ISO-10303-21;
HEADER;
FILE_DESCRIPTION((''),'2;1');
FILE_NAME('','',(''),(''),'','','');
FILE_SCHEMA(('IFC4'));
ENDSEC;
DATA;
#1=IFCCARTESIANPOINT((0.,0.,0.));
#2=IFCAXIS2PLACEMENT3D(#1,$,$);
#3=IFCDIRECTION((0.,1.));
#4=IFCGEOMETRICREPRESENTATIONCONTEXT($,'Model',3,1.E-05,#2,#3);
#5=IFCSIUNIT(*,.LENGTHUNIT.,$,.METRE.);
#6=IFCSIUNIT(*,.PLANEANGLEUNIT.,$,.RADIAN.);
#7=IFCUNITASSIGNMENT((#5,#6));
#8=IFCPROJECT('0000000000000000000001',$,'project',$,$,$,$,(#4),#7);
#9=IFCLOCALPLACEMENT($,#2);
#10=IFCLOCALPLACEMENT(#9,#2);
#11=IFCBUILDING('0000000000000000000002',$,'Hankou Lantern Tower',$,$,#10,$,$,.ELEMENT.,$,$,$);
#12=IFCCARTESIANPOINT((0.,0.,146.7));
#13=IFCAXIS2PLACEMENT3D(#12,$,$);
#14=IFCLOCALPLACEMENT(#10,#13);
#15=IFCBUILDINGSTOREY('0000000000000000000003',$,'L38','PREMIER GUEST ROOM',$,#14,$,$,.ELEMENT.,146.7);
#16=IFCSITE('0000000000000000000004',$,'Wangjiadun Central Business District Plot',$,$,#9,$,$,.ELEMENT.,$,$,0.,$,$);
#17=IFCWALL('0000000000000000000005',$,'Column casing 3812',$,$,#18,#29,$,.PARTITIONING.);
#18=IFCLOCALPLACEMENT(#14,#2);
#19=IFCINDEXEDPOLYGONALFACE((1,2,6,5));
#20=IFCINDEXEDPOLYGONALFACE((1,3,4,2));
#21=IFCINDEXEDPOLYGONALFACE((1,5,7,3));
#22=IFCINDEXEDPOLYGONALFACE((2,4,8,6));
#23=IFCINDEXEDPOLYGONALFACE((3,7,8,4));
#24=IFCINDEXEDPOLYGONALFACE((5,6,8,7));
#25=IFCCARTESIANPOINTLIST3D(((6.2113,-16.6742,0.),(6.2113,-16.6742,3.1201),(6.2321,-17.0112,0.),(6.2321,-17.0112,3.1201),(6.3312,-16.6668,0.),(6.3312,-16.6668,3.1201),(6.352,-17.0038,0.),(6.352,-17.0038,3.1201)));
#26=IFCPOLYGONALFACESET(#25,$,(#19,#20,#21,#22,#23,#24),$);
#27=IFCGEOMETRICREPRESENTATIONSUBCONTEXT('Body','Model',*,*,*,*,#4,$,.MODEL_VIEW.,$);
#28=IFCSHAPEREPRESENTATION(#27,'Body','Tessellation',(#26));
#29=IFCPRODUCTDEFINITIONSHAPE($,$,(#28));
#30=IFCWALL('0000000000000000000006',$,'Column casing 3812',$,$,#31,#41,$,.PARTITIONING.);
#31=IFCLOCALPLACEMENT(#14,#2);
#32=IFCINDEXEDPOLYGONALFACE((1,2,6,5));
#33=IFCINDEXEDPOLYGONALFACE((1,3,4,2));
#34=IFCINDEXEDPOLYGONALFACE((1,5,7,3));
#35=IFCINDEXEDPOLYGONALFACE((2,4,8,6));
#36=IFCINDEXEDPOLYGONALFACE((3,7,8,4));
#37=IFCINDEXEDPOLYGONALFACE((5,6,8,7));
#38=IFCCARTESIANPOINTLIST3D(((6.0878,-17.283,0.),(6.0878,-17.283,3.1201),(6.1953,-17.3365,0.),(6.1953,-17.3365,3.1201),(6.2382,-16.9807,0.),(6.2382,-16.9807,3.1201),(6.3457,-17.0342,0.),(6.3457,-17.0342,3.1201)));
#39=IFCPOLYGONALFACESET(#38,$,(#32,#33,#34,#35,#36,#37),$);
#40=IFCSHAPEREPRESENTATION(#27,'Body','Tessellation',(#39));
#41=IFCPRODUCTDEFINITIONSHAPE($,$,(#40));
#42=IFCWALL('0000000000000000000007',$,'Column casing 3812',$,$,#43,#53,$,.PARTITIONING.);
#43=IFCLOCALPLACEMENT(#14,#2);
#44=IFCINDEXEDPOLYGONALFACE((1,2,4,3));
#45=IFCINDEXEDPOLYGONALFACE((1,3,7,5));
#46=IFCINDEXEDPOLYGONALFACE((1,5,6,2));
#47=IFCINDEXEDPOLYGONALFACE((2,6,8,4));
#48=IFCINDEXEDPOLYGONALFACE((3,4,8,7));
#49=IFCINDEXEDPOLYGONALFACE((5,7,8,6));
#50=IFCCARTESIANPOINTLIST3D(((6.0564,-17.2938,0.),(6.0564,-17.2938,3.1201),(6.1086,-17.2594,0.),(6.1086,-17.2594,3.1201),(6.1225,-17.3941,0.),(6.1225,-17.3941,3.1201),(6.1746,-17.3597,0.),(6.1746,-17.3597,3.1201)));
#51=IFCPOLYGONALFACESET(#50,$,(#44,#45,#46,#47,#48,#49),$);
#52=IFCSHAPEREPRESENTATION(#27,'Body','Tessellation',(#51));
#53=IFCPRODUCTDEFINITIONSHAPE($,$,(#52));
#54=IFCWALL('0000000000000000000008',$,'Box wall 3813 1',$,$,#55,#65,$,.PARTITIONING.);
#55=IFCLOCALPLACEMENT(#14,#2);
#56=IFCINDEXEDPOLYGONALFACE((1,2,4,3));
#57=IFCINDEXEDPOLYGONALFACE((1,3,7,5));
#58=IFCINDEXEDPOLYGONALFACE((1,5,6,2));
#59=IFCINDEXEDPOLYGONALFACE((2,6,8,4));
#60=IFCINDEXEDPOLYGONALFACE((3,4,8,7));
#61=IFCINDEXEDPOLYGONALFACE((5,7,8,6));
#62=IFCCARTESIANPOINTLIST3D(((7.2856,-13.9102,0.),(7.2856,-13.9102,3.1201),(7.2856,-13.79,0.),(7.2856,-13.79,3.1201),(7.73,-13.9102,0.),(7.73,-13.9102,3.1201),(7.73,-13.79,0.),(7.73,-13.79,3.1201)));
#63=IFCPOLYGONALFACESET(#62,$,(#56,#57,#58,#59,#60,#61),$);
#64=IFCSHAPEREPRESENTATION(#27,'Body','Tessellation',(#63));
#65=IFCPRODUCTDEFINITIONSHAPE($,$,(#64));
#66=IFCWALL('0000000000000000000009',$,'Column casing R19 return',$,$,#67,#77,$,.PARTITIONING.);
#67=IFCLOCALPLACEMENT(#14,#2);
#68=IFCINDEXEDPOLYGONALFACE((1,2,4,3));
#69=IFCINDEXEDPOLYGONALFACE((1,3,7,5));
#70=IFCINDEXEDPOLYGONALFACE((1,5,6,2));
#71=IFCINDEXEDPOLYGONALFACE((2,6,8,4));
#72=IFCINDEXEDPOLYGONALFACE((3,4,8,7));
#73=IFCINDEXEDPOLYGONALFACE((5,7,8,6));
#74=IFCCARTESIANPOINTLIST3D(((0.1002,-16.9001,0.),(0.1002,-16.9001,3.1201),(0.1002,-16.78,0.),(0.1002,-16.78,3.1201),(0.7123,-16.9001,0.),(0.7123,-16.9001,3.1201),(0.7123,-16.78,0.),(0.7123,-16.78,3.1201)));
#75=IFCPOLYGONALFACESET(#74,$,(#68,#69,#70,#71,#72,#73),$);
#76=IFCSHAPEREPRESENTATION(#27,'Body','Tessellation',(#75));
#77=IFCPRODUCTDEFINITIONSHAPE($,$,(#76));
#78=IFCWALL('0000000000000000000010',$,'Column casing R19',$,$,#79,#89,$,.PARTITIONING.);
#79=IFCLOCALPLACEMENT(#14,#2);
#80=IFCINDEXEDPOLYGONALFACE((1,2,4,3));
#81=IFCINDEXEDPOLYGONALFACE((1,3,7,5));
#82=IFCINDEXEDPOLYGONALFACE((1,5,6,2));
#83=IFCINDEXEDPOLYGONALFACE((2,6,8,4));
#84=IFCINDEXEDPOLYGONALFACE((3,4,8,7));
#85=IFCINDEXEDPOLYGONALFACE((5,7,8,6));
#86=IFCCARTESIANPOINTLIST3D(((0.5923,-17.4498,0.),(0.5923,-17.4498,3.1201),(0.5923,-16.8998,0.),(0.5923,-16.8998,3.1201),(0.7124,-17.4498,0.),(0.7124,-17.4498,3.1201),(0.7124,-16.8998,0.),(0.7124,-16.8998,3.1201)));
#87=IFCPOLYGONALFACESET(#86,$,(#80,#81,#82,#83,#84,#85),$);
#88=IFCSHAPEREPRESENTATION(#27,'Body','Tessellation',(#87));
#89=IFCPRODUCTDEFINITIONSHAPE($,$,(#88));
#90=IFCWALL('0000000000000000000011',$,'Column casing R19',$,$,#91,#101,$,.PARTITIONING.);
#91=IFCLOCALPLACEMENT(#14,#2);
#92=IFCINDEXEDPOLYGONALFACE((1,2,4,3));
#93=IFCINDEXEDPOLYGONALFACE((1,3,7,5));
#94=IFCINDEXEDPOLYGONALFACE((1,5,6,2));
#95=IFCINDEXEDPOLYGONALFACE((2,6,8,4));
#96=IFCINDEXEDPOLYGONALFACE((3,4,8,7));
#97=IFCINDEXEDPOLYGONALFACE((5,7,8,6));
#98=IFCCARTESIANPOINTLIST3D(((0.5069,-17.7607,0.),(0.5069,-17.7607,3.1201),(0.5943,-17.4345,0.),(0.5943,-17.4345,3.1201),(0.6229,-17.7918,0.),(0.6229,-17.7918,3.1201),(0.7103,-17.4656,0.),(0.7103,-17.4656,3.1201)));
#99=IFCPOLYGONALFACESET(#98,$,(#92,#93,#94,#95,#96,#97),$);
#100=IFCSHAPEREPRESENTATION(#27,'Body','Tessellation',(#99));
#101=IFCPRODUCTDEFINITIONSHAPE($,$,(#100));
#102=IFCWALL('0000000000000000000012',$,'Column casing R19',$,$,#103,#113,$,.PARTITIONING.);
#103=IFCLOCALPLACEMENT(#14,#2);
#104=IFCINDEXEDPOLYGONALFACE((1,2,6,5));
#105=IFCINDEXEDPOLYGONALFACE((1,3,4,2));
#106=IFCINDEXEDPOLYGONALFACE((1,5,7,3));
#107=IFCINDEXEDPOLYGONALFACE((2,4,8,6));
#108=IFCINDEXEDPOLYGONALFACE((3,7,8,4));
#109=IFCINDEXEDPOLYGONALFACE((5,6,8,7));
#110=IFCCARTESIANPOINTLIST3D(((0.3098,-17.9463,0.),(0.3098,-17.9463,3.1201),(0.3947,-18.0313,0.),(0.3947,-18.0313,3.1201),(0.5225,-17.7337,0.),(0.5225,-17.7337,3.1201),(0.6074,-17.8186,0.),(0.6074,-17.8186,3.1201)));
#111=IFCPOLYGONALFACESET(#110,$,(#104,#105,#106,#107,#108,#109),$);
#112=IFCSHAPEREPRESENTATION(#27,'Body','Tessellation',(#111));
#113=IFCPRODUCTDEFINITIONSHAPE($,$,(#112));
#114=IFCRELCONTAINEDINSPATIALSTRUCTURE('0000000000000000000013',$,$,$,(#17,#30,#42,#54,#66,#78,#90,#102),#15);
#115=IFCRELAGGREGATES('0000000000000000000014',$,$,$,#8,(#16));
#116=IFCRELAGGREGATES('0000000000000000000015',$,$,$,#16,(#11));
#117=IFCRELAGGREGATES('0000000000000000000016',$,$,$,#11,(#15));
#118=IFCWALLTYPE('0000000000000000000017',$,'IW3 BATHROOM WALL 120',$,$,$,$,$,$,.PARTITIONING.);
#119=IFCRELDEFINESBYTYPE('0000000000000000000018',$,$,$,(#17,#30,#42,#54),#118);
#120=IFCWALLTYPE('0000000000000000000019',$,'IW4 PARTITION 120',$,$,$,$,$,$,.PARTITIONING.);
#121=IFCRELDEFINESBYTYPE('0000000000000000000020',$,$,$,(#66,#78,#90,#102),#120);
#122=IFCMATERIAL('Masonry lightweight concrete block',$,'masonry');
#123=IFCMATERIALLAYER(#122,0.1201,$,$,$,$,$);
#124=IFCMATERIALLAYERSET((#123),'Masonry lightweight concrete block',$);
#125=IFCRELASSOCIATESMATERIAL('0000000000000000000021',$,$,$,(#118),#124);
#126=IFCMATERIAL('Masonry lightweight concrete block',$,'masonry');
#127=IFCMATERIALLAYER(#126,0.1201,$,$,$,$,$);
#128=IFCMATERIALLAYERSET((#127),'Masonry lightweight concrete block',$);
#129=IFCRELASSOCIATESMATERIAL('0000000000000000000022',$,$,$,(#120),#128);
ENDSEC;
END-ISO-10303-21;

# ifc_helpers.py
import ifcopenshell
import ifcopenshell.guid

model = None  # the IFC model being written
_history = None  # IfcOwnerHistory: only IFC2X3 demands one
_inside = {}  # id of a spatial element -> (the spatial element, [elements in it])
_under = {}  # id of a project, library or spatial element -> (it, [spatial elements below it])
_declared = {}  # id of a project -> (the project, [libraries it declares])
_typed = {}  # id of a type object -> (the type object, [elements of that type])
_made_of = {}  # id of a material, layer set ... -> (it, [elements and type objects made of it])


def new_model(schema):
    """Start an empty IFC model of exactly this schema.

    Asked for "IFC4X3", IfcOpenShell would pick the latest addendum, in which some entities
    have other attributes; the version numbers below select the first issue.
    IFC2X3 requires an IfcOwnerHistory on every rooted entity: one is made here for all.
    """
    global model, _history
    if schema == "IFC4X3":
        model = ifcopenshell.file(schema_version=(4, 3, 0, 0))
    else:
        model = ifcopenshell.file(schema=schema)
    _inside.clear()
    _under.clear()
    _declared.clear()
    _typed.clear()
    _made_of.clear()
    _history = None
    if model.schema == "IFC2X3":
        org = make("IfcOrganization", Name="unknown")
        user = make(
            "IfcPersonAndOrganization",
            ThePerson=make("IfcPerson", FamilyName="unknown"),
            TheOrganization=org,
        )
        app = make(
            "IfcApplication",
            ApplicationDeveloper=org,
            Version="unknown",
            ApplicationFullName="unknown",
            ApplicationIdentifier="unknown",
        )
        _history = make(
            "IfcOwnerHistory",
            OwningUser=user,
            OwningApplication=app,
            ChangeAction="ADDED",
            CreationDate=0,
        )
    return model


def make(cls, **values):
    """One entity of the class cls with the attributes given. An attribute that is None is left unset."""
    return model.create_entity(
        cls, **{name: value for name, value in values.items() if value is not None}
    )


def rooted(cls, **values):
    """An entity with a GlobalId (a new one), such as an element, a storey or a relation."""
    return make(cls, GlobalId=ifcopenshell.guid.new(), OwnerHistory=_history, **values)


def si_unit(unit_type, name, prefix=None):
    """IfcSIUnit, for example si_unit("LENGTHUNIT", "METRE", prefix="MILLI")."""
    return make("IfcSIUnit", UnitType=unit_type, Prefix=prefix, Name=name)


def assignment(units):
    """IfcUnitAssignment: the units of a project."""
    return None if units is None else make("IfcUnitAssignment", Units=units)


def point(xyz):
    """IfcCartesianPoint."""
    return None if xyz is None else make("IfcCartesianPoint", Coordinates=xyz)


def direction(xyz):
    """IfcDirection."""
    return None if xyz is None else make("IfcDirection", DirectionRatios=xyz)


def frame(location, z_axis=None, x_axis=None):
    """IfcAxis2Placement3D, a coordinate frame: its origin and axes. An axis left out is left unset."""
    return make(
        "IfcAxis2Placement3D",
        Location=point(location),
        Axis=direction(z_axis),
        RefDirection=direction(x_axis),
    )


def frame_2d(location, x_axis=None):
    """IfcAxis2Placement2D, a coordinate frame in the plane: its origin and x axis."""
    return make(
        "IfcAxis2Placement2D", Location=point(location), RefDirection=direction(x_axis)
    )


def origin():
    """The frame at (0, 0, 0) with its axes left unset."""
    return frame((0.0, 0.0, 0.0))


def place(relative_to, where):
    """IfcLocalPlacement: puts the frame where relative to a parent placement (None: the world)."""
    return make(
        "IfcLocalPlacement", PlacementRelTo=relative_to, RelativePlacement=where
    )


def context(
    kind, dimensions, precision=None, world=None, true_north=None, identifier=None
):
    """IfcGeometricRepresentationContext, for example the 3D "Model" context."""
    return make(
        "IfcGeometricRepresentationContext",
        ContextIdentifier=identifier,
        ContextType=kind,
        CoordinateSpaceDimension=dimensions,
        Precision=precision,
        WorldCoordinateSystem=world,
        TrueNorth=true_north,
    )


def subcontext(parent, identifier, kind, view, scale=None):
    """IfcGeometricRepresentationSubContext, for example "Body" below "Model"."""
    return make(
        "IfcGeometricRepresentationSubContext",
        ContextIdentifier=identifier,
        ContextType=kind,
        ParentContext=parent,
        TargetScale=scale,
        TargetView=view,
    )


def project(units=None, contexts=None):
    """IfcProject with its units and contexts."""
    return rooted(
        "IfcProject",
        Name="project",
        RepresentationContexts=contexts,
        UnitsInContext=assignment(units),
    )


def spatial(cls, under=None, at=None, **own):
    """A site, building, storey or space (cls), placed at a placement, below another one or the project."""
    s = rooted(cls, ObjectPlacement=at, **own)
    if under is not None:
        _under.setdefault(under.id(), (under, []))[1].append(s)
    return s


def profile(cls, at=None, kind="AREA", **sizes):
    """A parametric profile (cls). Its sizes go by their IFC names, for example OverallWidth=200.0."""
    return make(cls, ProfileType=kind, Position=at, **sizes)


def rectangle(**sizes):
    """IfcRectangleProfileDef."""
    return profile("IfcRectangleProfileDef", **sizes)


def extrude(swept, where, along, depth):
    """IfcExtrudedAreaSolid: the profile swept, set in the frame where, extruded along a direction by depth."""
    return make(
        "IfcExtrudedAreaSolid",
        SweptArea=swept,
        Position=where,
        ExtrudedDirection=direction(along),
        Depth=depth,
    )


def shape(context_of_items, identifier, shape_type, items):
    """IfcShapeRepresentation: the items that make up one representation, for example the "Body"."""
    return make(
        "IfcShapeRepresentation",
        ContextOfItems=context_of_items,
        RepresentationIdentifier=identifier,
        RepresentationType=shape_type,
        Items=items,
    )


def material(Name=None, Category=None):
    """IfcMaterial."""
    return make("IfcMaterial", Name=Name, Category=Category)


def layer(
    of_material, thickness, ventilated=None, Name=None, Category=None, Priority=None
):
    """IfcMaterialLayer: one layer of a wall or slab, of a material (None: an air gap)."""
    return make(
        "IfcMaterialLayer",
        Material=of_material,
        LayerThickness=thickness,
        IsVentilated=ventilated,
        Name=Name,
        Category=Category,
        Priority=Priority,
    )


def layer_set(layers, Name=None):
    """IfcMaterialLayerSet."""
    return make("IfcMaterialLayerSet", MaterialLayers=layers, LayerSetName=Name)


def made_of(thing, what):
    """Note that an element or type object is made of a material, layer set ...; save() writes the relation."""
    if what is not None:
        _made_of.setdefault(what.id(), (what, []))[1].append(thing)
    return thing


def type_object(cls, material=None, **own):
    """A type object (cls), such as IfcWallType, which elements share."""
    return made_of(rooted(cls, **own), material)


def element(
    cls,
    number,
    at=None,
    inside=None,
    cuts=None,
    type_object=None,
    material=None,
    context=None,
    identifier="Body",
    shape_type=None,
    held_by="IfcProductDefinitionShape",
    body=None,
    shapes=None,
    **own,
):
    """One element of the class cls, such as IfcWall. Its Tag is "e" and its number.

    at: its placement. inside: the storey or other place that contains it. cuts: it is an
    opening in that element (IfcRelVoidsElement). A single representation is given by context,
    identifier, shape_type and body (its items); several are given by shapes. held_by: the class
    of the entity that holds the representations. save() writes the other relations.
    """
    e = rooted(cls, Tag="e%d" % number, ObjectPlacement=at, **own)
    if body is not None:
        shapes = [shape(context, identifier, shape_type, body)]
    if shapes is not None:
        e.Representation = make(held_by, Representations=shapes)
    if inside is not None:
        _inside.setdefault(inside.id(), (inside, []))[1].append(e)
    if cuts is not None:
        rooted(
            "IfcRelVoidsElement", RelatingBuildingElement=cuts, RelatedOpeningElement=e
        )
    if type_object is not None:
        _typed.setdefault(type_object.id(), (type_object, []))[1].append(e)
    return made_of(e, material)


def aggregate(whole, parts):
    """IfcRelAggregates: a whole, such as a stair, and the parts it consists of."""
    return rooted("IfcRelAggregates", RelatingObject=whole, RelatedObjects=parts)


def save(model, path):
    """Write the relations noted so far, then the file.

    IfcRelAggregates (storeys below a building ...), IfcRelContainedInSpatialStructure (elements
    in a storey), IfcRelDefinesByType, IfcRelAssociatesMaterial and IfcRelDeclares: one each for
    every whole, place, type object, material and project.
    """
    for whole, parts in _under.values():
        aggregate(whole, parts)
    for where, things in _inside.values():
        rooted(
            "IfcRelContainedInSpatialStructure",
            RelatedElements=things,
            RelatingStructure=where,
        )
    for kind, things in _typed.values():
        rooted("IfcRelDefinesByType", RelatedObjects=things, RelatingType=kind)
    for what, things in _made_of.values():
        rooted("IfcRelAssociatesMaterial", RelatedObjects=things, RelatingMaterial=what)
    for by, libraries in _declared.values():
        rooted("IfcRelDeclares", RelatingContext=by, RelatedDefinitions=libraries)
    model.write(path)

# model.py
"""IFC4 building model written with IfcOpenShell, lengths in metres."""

from ifc_helpers import new_model, si_unit, direction, frame, frame_2d, origin, place, context, subcontext, project, spatial, rectangle, extrude, material, layer, layer_set, type_object, element, save


model = new_model("IFC4")

# Units and contexts
model_context = context("Model", 3, precision=1e-05, world=origin(), true_north=direction((0.0, 1.0)))
body_context = subcontext(model_context, "Body", "Model", "MODEL_VIEW")
ifc_project = project(units=[si_unit("LENGTHUNIT", "METRE"), si_unit("PLANEANGLEUNIT", "RADIAN")], contexts=[model_context])

# Site, building, storey
site_placement = place(None, origin())
site = spatial("IfcSite", under=ifc_project, at=site_placement, Name="Wangjiadun Central Business District Plot", CompositionType="ELEMENT", RefElevation=0.0)
building_placement = place(site_placement, origin())
building = spatial("IfcBuilding", under=site, at=building_placement, Name="Hankou Lantern Tower", CompositionType="ELEMENT")
storey_placement = place(building_placement, frame((0.0, 0.0, 146.7)))
storey = spatial("IfcBuildingStorey", under=building, at=storey_placement, Name="L38", Description="PREMIER GUEST ROOM", CompositionType="ELEMENT", Elevation=146.7)

# Shared definitions
ifc_material_1 = material(Name="Masonry lightweight concrete block", Category="masonry")
ifc_layer_1 = layer(ifc_material_1, 0.1201)
ifc_layer_set_1 = layer_set([ifc_layer_1], Name="Masonry lightweight concrete block")
wall_type_1 = type_object("IfcWallType", Name="IW3 BATHROOM WALL 120", PredefinedType="PARTITIONING", material=ifc_layer_set_1)

# Walls
for number, where, z_axis, x_axis, name in (
    (1, (6.2712, -16.6704, 0.0), (0.0, 0.0, 1.0), (0.061478, -0.998108, 0.0), "Column casing 3812"),
    (2, (6.292, -17.0073, 0.0), (0.0, 0.0, 1.0), (-0.445477, -0.895293, 0.0), "Column casing 3812"),
):
    element("IfcWall", number, at=place(storey_placement, frame(where, z_axis=z_axis, x_axis=x_axis)), inside=storey, type_object=wall_type_1, Name=name, PredefinedType="PARTITIONING", context=body_context, shape_type="SweptSolid", body=[
        extrude(rectangle(XDim=0.3376, YDim=0.1201, at=frame_2d((0.1689, 0.0))), origin(), (0.0, 0.0, 1.0), 3.1201),
    ])
wall_1_placement = place(storey_placement, frame((6.1416, -17.3096, 0.0), z_axis=(0.0, 0.0, 1.0), x_axis=(-0.83504, -0.55019, 0.0)))
element("IfcWall", 3, at=wall_1_placement, inside=storey, type_object=wall_type_1, Name="Column casing 3812", PredefinedType="PARTITIONING", context=body_context, shape_type="SweptSolid", body=[
    extrude(rectangle(XDim=0.0625, YDim=0.1201, at=frame_2d((0.0312, 0.0))), origin(), (0.0, 0.0, 1.0), 3.1201),
])
wall_2_placement = place(storey_placement, frame((7.2856, -13.8501, 0.0), z_axis=(0.0, 0.0, 1.0), x_axis=(1.0, 0.0, 0.0)))
element("IfcWall", 4, at=wall_2_placement, inside=storey, type_object=wall_type_1, Name="Box wall 3813 1", PredefinedType="PARTITIONING", context=body_context, shape_type="SweptSolid", body=[
    extrude(rectangle(XDim=0.4443, YDim=0.1201, at=frame_2d((0.2222, 0.0))), origin(), (0.0, 0.0, 1.0), 3.1201),
])
ifc_material_2 = material(Name="Masonry lightweight concrete block", Category="masonry")
ifc_layer_2 = layer(ifc_material_2, 0.1201)
ifc_layer_set_2 = layer_set([ifc_layer_2], Name="Masonry lightweight concrete block")
wall_type_2 = type_object("IfcWallType", Name="IW4 PARTITION 120", PredefinedType="PARTITIONING", material=ifc_layer_set_2)
wall_3_placement = place(storey_placement, frame((0.1001, -16.8401, 0.0), z_axis=(0.0, 0.0, 1.0), x_axis=(1.0, 0.0, 0.0)))
element("IfcWall", 5, at=wall_3_placement, inside=storey, type_object=wall_type_2, Name="Column casing R19 return", PredefinedType="PARTITIONING", context=body_context, shape_type="SweptSolid", body=[
    extrude(rectangle(XDim=0.6121, YDim=0.1201, at=frame_2d((0.3062, 0.0))), origin(), (0.0, 0.0, 1.0), 3.1201),
])
wall_4_placement = place(storey_placement, frame((0.6523, -16.8999, 0.0), z_axis=(0.0, 0.0, 1.0), x_axis=(0.0, -1.0, 0.0)))
element("IfcWall", 6, at=wall_4_placement, inside=storey, type_object=wall_type_2, Name="Column casing R19", PredefinedType="PARTITIONING", context=body_context, shape_type="SweptSolid", body=[
    extrude(rectangle(XDim=0.55, YDim=0.1201, at=frame_2d((0.2749, 0.0))), origin(), (0.0, 0.0, 1.0), 3.1201),
])
wall_5_placement = place(storey_placement, frame((0.6523, -17.45, 0.0), z_axis=(0.0, 0.0, 1.0), x_axis=(-0.258832, -0.965922, 0.0)))
element("IfcWall", 7, at=wall_5_placement, inside=storey, type_object=wall_type_2, Name="Column casing R19", PredefinedType="PARTITIONING", context=body_context, shape_type="SweptSolid", body=[
    extrude(rectangle(XDim=0.3376, YDim=0.1201, at=frame_2d((0.1689, 0.0))), origin(), (0.0, 0.0, 1.0), 3.1201),
])
wall_6_placement = place(storey_placement, frame((0.5649, -17.7761, 0.0), z_axis=(0.0, 0.0, 1.0), x_axis=(-0.707107, -0.707107, 0.0)))
element("IfcWall", 8, at=wall_6_placement, inside=storey, type_object=wall_type_2, Name="Column casing R19", PredefinedType="PARTITIONING", context=body_context, shape_type="SweptSolid", body=[
    extrude(rectangle(XDim=0.3008, YDim=0.1201, at=frame_2d((0.1504, 0.0))), origin(), (0.0, 0.0, 1.0), 3.1201),
])

save(model, "model.ifc")
